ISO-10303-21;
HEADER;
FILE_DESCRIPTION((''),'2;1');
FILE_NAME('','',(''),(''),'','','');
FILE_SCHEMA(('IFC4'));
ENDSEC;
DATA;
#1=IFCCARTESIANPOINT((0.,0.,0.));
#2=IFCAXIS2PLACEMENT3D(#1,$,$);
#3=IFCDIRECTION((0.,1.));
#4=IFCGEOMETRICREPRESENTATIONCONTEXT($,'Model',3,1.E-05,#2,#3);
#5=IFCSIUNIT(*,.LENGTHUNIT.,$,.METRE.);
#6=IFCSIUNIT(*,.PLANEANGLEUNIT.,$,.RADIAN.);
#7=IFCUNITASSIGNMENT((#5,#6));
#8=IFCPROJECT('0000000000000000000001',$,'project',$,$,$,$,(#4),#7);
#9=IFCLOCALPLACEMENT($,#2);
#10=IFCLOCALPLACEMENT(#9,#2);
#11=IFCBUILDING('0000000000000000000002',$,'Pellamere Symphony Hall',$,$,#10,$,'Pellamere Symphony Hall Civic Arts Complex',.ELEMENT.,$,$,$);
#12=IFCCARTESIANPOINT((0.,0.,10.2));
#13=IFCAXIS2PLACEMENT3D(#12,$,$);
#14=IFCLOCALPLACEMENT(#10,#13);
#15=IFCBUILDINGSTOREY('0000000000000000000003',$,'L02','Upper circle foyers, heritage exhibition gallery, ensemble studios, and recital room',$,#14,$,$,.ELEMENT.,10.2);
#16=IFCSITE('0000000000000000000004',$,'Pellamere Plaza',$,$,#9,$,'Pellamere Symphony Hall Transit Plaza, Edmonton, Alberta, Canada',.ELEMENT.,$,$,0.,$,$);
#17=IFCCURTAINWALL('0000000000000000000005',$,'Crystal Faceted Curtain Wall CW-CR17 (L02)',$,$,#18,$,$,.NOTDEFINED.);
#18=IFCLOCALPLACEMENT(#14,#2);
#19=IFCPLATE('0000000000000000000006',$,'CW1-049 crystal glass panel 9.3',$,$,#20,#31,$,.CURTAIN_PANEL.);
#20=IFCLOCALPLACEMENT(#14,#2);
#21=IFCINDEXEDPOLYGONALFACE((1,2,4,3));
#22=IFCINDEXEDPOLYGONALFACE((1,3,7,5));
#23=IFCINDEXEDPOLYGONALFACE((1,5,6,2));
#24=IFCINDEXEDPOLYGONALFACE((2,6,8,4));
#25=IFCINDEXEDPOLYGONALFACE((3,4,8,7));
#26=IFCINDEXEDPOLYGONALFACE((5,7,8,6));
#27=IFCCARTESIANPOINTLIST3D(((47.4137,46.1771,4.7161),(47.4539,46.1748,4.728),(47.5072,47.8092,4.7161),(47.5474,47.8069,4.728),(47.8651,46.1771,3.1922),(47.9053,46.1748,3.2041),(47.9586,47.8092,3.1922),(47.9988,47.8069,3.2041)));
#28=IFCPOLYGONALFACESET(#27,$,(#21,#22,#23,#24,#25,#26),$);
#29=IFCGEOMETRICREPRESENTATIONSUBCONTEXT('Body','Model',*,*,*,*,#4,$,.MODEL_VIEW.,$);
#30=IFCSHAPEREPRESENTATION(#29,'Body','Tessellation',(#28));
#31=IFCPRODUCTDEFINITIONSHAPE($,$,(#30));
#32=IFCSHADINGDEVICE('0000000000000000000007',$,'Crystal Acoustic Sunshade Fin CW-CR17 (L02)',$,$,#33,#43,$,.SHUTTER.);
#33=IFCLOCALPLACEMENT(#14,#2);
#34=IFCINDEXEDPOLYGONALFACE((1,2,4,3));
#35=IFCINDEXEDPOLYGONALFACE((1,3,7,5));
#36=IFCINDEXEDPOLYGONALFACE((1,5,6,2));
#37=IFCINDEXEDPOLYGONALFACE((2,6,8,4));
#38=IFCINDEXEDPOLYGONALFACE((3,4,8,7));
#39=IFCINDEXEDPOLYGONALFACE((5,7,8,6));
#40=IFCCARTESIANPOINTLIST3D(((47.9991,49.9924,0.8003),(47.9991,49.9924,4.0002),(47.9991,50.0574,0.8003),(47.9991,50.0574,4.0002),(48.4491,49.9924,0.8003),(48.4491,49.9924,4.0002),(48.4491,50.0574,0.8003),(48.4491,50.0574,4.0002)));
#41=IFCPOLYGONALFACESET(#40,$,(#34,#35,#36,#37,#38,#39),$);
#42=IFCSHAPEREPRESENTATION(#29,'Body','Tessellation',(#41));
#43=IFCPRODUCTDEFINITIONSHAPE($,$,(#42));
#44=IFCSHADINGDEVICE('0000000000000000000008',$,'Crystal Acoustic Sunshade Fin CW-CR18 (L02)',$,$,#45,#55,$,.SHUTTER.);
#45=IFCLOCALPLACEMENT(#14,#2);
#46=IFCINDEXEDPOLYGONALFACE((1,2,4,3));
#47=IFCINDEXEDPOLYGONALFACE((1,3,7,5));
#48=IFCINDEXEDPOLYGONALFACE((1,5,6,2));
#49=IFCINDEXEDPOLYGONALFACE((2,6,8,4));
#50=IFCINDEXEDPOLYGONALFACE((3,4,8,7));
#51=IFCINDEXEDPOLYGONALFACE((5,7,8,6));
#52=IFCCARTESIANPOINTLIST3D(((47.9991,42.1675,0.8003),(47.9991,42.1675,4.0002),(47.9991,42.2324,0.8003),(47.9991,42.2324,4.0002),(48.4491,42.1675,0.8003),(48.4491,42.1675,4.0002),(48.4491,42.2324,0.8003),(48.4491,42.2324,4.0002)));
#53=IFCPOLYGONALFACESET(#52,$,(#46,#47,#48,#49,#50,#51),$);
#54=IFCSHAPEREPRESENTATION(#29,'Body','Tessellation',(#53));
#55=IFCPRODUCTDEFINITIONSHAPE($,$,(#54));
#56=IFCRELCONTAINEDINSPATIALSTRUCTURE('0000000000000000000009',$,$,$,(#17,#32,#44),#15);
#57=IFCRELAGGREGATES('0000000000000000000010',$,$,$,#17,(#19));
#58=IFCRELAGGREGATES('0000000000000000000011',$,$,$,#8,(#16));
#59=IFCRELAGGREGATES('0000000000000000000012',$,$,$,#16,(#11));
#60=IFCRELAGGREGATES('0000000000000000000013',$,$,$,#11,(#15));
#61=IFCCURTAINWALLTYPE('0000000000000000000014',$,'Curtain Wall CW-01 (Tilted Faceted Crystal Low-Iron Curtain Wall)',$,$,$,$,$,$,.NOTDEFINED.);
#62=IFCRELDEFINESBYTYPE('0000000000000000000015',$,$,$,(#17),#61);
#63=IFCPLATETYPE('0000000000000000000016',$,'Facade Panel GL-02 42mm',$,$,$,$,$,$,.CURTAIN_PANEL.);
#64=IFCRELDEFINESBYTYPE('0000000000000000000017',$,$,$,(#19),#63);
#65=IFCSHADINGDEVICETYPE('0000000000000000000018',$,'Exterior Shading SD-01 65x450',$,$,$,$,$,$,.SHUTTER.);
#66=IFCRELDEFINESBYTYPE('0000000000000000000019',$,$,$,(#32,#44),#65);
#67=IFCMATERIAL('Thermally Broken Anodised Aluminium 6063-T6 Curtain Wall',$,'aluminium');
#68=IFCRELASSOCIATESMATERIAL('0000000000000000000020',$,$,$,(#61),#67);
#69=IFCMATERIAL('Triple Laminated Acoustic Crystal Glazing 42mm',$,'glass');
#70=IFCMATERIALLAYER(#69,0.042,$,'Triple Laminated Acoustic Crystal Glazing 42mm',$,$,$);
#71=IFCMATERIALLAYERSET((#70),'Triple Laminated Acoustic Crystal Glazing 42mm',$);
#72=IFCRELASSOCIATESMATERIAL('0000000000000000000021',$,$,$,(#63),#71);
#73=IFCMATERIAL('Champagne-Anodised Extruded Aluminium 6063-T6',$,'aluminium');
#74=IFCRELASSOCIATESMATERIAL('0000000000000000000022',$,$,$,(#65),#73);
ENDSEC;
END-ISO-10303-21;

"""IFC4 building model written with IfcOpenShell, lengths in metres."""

from ifc_helpers import new_model, si_unit, direction, frame, origin, origin_2d, place, context, subcontext, project, spatial, polyline, rectangle, outline, extrude, material, layer, layer_set, type_object, element, aggregate, save


model = new_model("IFC4")

# Units and contexts
model_context = context("Model", 3, precision=1e-05, world=origin(), true_north=direction((0.0, 1.0)))
body_context = subcontext(model_context, "Body", "Model", "MODEL_VIEW")
ifc_project = project(units=[si_unit("LENGTHUNIT", "METRE"), si_unit("PLANEANGLEUNIT", "RADIAN")], contexts=[model_context])

# Site, building, storey
site_placement = place(None, origin())
site = spatial("IfcSite", under=ifc_project, at=site_placement, Name="Pellamere Plaza", LongName="Pellamere Symphony Hall Transit Plaza, Edmonton, Alberta, Canada", CompositionType="ELEMENT", RefElevation=0.0)
building_placement = place(site_placement, origin())
building = spatial("IfcBuilding", under=site, at=building_placement, Name="Pellamere Symphony Hall", LongName="Pellamere Symphony Hall Civic Arts Complex", CompositionType="ELEMENT")
storey_placement = place(building_placement, frame((0.0, 0.0, 10.2)))
storey = spatial("IfcBuildingStorey", under=building, at=storey_placement, Name="L02", Description="Upper circle foyers, heritage exhibition gallery, ensemble studios, and recital room", CompositionType="ELEMENT", Elevation=10.2)

# Curtain wall
ifc_material_1 = material(Name="Thermally Broken Anodised Aluminium 6063-T6 Curtain Wall", Category="aluminium")
curtain_wall_type = type_object("IfcCurtainWallType", Name="Curtain Wall CW-01 (Tilted Faceted Crystal Low-Iron Curtain Wall)", PredefinedType="NOTDEFINED", material=ifc_material_1)
curtain_wall_1_placement = place(storey_placement, origin())
curtain_wall_1 = element("IfcCurtainWall", 1, at=curtain_wall_1_placement, inside=storey, type_object=curtain_wall_type, Name="Crystal Faceted Curtain Wall CW-CR17 (L02)", PredefinedType="NOTDEFINED")

# Plate
ifc_material_2 = material(Name="Triple Laminated Acoustic Crystal Glazing 42mm", Category="glass")
ifc_layer_1 = layer(ifc_material_2, 0.042, Name="Triple Laminated Acoustic Crystal Glazing 42mm")
ifc_layer_set_1 = layer_set([ifc_layer_1], Name="Triple Laminated Acoustic Crystal Glazing 42mm")
plate_type_1 = type_object("IfcPlateType", Name="Facade Panel GL-02 42mm", PredefinedType="CURTAIN_PANEL", material=ifc_layer_set_1)
plate_1_placement = place(storey_placement, frame((47.9988, 47.8069, 3.2041), z_axis=(0.957375, -0.05485, 0.283593), x_axis=(-0.057199, -0.998363, 0.0)))
plate_1 = element("IfcPlate", 2, at=plate_1_placement, type_object=plate_type_1, Name="CW1-049 crystal glass panel 9.3", PredefinedType="CURTAIN_PANEL", context=body_context, shape_type="SweptSolid", body=[
    extrude(outline(polyline([(0.0, 0.0), (1.6348, 0.0), (1.6606, -1.5892), (0.0258, -1.5892), (0.0, 0.0)])), origin(), (0.0, 0.0, -1.0), 0.042),
])
aggregate(curtain_wall_1, [plate_1])

# Shading devices
ifc_material_3 = material(Name="Champagne-Anodised Extruded Aluminium 6063-T6", Category="aluminium")
shading_device_type = type_object("IfcShadingDeviceType", Name="Exterior Shading SD-01 65x450", PredefinedType="SHUTTER", material=ifc_material_3)
for number, where, z_axis, x_axis, name in (
    (3, (48.2241, 50.0249, 0.8003), (0.0, 0.0, 1.0), (0.0, 1.0, 0.0), "Crystal Acoustic Sunshade Fin CW-CR17 (L02)"),
    (4, (48.2241, 42.2, 0.8003), (0.0, 0.0, 1.0), (0.0, 1.0, 0.0), "Crystal Acoustic Sunshade Fin CW-CR18 (L02)"),
):
    element("IfcShadingDevice", number, at=place(storey_placement, frame(where, z_axis=z_axis, x_axis=x_axis)), inside=storey, type_object=shading_device_type, Name=name, PredefinedType="SHUTTER", context=body_context, shape_type="SweptSolid", body=[
        extrude(rectangle(XDim=0.0649, YDim=0.45, at=origin_2d()), origin(), (0.0, 0.0, 1.0), 3.2),
    ])

save(model, "model.ifc")
